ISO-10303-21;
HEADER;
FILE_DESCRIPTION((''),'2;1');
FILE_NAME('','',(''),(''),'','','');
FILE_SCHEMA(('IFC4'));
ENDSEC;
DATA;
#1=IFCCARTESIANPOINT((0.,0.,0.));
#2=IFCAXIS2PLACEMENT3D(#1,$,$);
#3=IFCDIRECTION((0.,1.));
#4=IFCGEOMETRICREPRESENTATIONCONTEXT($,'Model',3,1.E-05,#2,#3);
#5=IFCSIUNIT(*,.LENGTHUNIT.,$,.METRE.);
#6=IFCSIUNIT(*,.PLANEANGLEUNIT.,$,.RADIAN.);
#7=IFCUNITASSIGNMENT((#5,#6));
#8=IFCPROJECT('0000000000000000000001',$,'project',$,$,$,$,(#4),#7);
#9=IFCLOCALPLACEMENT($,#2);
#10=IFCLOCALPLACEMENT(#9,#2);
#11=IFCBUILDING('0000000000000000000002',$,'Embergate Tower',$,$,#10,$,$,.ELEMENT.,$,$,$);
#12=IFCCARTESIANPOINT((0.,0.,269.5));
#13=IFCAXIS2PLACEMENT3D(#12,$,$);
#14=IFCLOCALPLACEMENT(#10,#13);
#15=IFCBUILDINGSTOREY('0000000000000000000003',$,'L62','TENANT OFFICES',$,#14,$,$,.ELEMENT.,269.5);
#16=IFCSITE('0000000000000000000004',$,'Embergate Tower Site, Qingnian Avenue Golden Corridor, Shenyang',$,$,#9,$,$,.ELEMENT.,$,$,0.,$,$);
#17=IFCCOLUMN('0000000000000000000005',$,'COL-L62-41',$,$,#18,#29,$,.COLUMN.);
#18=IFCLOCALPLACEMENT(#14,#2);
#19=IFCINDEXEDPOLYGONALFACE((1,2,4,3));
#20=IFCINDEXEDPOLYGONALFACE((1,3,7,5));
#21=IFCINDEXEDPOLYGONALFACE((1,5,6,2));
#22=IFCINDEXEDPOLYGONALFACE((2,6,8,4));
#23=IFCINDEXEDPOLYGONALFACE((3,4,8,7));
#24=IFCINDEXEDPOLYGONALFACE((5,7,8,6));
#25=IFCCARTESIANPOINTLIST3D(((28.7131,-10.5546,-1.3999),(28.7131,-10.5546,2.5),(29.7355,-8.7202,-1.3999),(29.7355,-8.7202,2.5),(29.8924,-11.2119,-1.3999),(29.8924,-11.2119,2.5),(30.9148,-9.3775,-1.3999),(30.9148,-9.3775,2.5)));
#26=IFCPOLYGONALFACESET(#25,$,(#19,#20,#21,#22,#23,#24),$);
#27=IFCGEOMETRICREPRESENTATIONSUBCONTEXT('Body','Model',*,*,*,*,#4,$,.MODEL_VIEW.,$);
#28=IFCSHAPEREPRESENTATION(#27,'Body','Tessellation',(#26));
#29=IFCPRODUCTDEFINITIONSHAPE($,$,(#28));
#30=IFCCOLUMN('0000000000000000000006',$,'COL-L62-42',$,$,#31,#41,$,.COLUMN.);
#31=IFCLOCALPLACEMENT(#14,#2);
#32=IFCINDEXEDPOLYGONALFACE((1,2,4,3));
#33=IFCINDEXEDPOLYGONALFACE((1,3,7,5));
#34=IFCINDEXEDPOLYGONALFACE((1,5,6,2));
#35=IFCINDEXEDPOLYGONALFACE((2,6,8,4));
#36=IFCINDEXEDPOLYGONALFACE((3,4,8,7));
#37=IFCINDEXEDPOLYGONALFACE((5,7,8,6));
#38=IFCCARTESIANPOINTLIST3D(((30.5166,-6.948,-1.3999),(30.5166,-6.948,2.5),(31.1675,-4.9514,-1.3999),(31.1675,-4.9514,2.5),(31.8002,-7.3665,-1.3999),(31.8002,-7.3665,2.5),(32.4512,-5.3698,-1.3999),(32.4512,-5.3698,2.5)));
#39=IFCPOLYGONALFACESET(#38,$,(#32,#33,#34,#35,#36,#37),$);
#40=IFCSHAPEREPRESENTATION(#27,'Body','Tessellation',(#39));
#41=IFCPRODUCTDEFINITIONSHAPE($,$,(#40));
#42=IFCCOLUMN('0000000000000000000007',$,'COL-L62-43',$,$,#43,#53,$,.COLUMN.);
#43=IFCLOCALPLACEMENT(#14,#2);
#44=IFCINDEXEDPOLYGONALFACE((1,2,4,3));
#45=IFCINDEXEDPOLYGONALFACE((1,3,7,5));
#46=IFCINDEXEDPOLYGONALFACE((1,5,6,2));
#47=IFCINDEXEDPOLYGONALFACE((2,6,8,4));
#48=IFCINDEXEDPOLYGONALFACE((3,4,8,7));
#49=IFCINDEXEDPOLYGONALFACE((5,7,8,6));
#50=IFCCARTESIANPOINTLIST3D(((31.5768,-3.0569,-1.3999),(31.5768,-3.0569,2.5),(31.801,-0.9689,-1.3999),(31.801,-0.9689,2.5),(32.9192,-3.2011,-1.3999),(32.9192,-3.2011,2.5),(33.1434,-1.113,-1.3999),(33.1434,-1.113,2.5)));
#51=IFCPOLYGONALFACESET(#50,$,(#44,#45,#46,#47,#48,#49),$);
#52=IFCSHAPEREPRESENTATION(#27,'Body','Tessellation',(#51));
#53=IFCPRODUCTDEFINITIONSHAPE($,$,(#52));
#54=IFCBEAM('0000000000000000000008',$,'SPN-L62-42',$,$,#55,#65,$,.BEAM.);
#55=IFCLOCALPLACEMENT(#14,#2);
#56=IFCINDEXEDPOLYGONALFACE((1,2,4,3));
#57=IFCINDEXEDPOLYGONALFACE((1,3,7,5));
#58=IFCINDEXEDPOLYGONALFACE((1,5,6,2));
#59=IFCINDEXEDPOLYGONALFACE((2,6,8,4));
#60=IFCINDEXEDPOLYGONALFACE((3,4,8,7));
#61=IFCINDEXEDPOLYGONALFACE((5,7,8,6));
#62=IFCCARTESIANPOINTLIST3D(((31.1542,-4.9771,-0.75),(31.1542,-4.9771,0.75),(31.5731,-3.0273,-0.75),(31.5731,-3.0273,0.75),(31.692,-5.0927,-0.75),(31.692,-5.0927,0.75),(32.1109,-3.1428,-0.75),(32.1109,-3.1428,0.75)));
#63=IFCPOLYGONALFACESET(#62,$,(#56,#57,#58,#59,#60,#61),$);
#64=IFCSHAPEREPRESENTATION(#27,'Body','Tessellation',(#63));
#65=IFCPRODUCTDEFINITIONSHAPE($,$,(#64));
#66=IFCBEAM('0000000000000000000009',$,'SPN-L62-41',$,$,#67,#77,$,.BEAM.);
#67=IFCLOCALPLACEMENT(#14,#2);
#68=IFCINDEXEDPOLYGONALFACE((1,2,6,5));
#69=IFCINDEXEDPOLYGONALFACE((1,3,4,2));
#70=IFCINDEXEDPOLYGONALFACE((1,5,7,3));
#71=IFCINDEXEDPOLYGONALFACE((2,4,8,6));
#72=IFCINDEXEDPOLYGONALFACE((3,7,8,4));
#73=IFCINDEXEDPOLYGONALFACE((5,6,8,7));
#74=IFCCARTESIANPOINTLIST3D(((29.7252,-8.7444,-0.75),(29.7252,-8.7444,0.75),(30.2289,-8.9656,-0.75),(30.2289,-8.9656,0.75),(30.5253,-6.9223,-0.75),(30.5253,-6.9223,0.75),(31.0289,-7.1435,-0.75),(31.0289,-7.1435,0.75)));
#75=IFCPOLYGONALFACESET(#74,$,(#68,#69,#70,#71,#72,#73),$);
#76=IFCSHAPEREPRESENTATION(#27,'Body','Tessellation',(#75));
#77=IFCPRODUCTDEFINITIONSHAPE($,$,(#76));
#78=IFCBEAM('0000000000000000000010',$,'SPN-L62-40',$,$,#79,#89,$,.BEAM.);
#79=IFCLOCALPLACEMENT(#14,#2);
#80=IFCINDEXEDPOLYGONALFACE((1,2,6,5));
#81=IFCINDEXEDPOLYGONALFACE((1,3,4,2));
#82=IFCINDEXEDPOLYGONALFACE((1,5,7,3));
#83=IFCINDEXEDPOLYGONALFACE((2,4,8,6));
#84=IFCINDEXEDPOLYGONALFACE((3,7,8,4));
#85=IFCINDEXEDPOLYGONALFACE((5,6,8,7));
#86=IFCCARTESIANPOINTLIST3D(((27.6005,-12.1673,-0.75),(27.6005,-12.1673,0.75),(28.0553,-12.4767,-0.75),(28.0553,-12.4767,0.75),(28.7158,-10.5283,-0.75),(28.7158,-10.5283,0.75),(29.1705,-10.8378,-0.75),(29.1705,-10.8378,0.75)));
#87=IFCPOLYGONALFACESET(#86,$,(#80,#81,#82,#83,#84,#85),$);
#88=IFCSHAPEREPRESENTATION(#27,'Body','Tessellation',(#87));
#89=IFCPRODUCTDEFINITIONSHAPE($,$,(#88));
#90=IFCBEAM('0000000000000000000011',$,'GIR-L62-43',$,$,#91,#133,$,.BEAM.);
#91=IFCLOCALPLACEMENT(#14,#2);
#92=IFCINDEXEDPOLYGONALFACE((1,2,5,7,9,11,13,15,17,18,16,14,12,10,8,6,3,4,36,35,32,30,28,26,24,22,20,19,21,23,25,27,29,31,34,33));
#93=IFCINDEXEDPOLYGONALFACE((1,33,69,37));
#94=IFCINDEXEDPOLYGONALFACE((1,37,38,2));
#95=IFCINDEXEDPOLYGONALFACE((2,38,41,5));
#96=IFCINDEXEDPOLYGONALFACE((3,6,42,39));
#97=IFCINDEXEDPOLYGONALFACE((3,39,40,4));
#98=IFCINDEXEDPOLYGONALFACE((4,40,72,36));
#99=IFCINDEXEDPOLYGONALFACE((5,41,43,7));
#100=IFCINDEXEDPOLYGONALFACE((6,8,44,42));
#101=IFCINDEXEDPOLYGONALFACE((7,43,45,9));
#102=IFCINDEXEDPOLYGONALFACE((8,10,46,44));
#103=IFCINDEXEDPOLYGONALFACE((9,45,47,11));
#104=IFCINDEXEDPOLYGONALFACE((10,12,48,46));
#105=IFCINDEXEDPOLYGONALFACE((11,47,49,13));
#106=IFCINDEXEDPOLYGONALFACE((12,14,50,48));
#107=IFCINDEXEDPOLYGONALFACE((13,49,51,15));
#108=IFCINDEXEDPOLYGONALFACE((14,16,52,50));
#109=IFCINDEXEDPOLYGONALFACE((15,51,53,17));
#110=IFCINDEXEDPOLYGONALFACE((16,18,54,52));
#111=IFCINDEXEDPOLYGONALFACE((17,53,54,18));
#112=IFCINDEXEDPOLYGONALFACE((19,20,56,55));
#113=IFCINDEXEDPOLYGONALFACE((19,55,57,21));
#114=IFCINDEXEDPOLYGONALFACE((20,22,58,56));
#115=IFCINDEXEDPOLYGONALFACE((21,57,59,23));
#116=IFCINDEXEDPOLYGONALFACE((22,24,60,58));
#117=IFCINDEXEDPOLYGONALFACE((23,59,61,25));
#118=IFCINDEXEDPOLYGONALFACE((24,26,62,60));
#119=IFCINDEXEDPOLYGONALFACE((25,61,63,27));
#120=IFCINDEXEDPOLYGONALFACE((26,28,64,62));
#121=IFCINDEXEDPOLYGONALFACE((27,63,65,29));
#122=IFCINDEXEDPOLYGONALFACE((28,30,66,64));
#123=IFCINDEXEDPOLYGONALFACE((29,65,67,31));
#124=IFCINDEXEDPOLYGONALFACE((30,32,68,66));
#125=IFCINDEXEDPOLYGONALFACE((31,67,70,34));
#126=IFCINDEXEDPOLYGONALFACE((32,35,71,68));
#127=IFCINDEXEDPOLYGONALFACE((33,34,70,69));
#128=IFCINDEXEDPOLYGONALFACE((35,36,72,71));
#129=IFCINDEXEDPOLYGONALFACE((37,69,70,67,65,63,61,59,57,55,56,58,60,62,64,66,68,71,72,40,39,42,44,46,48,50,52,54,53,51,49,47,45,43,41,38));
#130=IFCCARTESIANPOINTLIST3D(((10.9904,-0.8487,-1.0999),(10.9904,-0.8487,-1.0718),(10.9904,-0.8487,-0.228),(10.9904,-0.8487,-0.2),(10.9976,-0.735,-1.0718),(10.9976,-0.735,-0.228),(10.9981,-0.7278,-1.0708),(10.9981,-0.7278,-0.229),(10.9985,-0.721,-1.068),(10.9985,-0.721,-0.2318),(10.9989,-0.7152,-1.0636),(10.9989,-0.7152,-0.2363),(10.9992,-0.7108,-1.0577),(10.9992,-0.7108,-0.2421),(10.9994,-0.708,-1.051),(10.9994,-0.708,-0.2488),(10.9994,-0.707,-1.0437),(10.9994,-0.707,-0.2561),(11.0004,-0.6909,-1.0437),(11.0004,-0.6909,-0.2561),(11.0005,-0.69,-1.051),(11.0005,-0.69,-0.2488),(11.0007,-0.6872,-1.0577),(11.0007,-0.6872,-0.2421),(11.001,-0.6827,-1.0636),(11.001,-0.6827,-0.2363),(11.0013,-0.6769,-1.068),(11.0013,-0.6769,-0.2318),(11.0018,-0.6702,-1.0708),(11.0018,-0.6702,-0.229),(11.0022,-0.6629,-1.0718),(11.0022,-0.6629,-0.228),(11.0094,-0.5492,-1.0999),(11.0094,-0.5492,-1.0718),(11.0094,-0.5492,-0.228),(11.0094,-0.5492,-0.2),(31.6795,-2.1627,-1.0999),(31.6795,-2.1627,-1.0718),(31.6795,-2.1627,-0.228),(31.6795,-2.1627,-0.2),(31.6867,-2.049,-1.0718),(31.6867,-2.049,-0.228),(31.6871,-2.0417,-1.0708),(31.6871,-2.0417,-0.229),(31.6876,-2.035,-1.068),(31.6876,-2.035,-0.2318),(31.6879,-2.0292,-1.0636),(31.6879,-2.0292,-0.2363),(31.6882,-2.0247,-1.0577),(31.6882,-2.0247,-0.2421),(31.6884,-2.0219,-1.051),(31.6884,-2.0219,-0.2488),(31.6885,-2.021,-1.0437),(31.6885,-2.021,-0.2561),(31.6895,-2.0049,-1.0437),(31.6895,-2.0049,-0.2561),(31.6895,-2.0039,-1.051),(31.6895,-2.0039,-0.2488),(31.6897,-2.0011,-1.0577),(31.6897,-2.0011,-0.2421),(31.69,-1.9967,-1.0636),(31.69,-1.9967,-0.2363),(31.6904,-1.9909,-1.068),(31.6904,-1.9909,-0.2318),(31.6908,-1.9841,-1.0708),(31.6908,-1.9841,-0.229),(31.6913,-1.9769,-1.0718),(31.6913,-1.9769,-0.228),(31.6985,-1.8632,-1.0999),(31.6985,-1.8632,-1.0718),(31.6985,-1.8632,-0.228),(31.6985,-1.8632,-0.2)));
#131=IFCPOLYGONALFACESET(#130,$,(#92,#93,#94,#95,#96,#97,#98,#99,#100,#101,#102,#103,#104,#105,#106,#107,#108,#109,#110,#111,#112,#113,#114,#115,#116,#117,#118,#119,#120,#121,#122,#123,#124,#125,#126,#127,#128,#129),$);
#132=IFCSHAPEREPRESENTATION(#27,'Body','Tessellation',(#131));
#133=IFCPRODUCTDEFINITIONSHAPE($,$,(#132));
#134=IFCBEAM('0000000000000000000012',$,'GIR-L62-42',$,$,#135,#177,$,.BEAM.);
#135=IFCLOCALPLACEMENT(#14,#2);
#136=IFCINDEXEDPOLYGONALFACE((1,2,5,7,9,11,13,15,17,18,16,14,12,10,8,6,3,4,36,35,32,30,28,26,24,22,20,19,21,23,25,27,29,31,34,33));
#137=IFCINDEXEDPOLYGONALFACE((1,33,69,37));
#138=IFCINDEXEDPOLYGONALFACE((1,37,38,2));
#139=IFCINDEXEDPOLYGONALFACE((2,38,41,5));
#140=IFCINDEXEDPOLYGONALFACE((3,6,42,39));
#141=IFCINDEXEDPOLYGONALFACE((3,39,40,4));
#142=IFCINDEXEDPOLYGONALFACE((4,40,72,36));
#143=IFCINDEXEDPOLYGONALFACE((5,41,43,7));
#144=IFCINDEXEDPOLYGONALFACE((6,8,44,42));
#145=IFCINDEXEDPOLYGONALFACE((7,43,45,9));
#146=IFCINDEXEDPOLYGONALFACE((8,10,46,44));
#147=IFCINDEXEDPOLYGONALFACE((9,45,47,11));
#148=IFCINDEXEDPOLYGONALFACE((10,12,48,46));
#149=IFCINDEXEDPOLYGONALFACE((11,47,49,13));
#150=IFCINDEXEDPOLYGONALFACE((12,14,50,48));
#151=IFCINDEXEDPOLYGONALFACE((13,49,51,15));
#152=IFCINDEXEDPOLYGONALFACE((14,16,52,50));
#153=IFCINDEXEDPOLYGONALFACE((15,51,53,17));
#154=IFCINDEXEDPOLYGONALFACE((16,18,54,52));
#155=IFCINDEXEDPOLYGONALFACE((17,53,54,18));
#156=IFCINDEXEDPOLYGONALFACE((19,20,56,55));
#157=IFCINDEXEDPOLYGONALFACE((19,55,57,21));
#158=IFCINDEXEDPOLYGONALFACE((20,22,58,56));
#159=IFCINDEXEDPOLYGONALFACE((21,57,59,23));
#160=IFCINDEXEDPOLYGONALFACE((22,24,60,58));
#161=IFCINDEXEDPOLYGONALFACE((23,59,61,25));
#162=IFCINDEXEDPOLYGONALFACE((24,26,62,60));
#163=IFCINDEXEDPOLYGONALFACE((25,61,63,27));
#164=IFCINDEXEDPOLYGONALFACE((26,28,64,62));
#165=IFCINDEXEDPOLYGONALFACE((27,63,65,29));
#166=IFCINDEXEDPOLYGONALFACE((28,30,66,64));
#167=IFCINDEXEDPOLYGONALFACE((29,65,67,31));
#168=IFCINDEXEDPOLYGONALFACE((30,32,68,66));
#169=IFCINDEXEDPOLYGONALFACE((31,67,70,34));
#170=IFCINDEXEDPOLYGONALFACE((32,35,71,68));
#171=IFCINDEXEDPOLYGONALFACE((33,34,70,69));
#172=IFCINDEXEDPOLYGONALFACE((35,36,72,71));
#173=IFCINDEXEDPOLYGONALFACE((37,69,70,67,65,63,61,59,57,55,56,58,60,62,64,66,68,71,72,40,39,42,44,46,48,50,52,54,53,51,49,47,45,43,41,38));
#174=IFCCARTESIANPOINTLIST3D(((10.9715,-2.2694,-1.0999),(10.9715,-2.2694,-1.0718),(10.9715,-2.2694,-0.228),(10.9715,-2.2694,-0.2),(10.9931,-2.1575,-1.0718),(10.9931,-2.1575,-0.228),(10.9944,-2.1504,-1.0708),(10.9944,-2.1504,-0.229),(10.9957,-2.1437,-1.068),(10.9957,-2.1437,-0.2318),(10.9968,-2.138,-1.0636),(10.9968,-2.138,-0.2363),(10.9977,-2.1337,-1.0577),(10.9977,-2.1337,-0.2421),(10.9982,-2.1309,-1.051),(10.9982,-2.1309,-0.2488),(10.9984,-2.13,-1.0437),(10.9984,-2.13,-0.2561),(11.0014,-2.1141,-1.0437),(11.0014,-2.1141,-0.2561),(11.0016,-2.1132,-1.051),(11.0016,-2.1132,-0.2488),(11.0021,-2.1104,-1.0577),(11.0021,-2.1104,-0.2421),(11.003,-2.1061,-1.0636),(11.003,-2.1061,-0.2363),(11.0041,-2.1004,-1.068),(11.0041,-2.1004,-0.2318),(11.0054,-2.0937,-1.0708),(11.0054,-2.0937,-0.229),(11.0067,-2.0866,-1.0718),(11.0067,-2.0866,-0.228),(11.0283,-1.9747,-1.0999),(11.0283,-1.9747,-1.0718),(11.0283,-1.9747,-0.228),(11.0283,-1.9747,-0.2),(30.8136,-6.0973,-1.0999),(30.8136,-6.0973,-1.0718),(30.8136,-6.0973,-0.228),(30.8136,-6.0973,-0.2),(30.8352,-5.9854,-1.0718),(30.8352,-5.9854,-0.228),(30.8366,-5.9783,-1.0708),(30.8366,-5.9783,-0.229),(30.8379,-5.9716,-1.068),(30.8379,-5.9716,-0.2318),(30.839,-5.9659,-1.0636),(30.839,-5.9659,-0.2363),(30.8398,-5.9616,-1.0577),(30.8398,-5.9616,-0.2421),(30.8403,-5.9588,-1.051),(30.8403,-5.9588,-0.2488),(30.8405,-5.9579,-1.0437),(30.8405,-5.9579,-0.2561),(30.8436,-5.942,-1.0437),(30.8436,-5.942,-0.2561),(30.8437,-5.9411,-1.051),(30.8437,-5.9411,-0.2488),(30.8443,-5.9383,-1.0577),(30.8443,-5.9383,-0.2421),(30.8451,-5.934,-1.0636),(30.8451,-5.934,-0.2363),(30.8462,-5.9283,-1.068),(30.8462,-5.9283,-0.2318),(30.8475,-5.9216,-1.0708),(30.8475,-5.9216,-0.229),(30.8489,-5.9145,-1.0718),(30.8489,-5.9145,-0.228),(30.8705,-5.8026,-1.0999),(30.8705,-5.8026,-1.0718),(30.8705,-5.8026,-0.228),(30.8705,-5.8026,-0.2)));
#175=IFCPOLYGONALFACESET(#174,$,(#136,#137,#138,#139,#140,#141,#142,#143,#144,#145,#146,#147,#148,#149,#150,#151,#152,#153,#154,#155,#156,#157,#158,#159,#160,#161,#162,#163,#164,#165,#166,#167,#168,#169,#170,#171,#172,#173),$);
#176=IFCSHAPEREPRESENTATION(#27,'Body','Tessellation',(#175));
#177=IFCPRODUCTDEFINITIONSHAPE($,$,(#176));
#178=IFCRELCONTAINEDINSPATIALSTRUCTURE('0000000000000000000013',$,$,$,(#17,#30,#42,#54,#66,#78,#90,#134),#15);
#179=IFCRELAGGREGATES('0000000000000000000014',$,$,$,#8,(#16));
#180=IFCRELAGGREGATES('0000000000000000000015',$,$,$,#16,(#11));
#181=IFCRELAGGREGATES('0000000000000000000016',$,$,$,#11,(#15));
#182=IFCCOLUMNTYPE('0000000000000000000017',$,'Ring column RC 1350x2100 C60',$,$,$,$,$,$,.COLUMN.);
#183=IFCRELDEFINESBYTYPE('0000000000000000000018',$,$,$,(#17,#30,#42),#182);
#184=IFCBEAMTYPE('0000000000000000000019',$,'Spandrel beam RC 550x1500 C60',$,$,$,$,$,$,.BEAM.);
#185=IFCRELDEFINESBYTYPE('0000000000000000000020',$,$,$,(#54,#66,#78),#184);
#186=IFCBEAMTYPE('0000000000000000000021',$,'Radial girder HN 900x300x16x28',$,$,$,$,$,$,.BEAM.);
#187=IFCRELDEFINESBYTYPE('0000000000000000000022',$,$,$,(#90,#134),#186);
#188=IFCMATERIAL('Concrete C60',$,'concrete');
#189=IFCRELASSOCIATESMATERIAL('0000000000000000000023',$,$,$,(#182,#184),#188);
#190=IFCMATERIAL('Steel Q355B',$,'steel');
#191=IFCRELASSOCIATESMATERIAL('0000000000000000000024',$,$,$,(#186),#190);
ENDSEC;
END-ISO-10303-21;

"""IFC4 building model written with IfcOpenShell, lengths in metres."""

from ifc_helpers import new_model, si_unit, direction, frame, origin, origin_2d, place, context, subcontext, project, spatial, rectangle, i_section, extrude, source, transform, mapped, material, material_profile, profile_set, type_object, element, save


model = new_model("IFC4")

# Units and contexts
model_context = context("Model", 3, precision=1e-05, world=origin(), true_north=direction((0.0, 1.0)))
body_context = subcontext(model_context, "Body", "Model", "MODEL_VIEW")
ifc_project = project(units=[si_unit("LENGTHUNIT", "METRE"), si_unit("PLANEANGLEUNIT", "RADIAN")], contexts=[model_context])

# Site, building, storey
site_placement = place(None, origin())
site = spatial("IfcSite", under=ifc_project, at=site_placement, Name="Embergate Tower Site, Qingnian Avenue Golden Corridor, Shenyang", CompositionType="ELEMENT", RefElevation=0.0)
building_placement = place(site_placement, origin())
building = spatial("IfcBuilding", under=site, at=building_placement, Name="Embergate Tower", CompositionType="ELEMENT")
storey_placement = place(building_placement, frame((0.0, 0.0, 269.5)))
storey = spatial("IfcBuildingStorey", under=building, at=storey_placement, Name="L62", Description="TENANT OFFICES", CompositionType="ELEMENT", Elevation=269.5)

# Columns
ifc_material_1 = material(Name="Concrete C60", Category="concrete")
ifc_material_profile_1 = material_profile(ifc_material_1, rectangle(XDim=1.3501, YDim=2.1001, at=origin_2d()), Name="RC 1350x2100")
ifc_profile_set_1 = profile_set([ifc_material_profile_1], Name="Concrete C60")
column_type = type_object("IfcColumnType", Name="Ring column RC 1350x2100 C60", PredefinedType="COLUMN", material=ifc_profile_set_1)
shared_shape_1 = source(origin(), body_context, "Body", "SweptSolid", [
    extrude(rectangle(XDim=1.3501, YDim=2.1001, at=origin_2d()), origin(), (0.0, 0.0, 1.0), 3.8999),
])
for number, where, z_axis, x_axis, name in (
    (1, (29.814, -9.9661, -1.3999), (0.0, 0.0, 1.0), (0.873492, -0.486839, 0.0), "COL-L62-41"),
    (2, (31.4839, -6.1589, -1.3999), (0.0, 0.0, 1.0), (0.950754, -0.309946, 0.0), "COL-L62-42"),
    (3, (32.3601, -2.085, -1.3999), (0.0, 0.0, 1.0), (0.994286, -0.10675, 0.0), "COL-L62-43"),
):
    element("IfcColumn", number, at=place(storey_placement, frame(where, z_axis=z_axis, x_axis=x_axis)), inside=storey, type_object=column_type, Name=name, PredefinedType="COLUMN", context=body_context, shape_type="MappedRepresentation", body=[
        mapped(shared_shape_1, transform((0.0, 0.0, 0.0))),
    ])

# Beams
ifc_material_profile_2 = material_profile(ifc_material_1, rectangle(XDim=0.55, YDim=1.5, at=origin_2d()), Name="RC 550x1500")
ifc_profile_set_2 = profile_set([ifc_material_profile_2], Name="Concrete C60")
beam_type_1 = type_object("IfcBeamType", Name="Spandrel beam RC 550x1500 C60", PredefinedType="BEAM", material=ifc_profile_set_2)
shared_shape_2 = source(origin(), body_context, "Body", "SweptSolid", [
    extrude(rectangle(XDim=0.55, YDim=1.5, at=origin_2d()), origin(), (0.0, 0.0, 1.0), 1.9944),
])
beam_1_placement = place(storey_placement, frame((31.4231, -5.0349, 0.0), z_axis=(0.210056, 0.977689, 0.0), x_axis=(-0.977689, 0.210056, 0.0)))
element("IfcBeam", 4, at=beam_1_placement, inside=storey, type_object=beam_type_1, Name="SPN-L62-42", PredefinedType="BEAM", context=body_context, shape_type="MappedRepresentation", body=[
    mapped(shared_shape_2, transform((0.0, 0.0, 0.0))),
])
shared_shape_3 = source(origin(), body_context, "Body", "SweptSolid", [
    extrude(rectangle(XDim=0.55, YDim=1.5, at=origin_2d()), origin(), (0.0, 0.0, 1.0), 1.99),
])
beam_2_placement = place(storey_placement, frame((29.9771, -8.855, 0.0), z_axis=(0.402048, 0.915619, 0.0), x_axis=(-0.915619, 0.402048, 0.0)))
element("IfcBeam", 5, at=beam_2_placement, inside=storey, type_object=beam_type_1, Name="SPN-L62-41", PredefinedType="BEAM", context=body_context, shape_type="MappedRepresentation", body=[
    mapped(shared_shape_3, transform((0.0, 0.0, 0.0))),
])
shared_shape_4 = source(origin(), body_context, "Body", "SweptSolid", [
    extrude(rectangle(XDim=0.55, YDim=1.5, at=origin_2d()), origin(), (0.0, 0.0, 1.0), 1.9824),
])
beam_3_placement = place(storey_placement, frame((27.8279, -12.322, 0.0), z_axis=(0.562576, 0.826745, 0.0), x_axis=(-0.826745, 0.562576, 0.0)))
element("IfcBeam", 6, at=beam_3_placement, inside=storey, type_object=beam_type_1, Name="SPN-L62-40", PredefinedType="BEAM", context=body_context, shape_type="MappedRepresentation", body=[
    mapped(shared_shape_4, transform((0.0, 0.0, 0.0))),
])
ifc_material_2 = material(Name="Steel Q355B", Category="steel")
ifc_material_profile_3 = material_profile(ifc_material_2, i_section(OverallWidth=0.3, OverallDepth=0.8999, WebThickness=0.0161, FlangeThickness=0.0281, FilletRadius=0.0281, at=origin_2d()), Name="HN 900x300x16x28")
ifc_profile_set_3 = profile_set([ifc_material_profile_3], Name="Steel Q355 grade B")
beam_type_2 = type_object("IfcBeamType", Name="Radial girder HN 900x300x16x28", PredefinedType="BEAM", material=ifc_profile_set_3)
shared_shape_5 = source(origin(), body_context, "Body", "SweptSolid", [
    extrude(i_section(OverallWidth=0.3, OverallDepth=0.8999, WebThickness=0.0161, FlangeThickness=0.0281, FilletRadius=0.0281, at=origin_2d()), origin(), (0.0, 0.0, 1.0), 20.7307),
])
beam_4_placement = place(storey_placement, frame((31.689, -2.0129, -0.6499), z_axis=(-0.997989, 0.063383, 0.0), x_axis=(-0.063383, -0.997989, 0.0)))
element("IfcBeam", 7, at=beam_4_placement, inside=storey, type_object=beam_type_2, Name="GIR-L62-43", PredefinedType="BEAM", context=body_context, shape_type="MappedRepresentation", body=[
    mapped(shared_shape_5, transform((0.0, 0.0, 0.0))),
])
shared_shape_6 = source(origin(), body_context, "Body", "SweptSolid", [
    extrude(i_section(OverallWidth=0.3, OverallDepth=0.8999, WebThickness=0.0161, FlangeThickness=0.0281, FilletRadius=0.0281, at=origin_2d()), origin(), (0.0, 0.0, 1.0), 20.208),
])
beam_5_placement = place(storey_placement, frame((30.842, -5.95, -0.6499), z_axis=(-0.981895, 0.189425, 0.0), x_axis=(-0.189425, -0.981895, 0.0)))
element("IfcBeam", 8, at=beam_5_placement, inside=storey, type_object=beam_type_2, Name="GIR-L62-42", PredefinedType="BEAM", context=body_context, shape_type="MappedRepresentation", body=[
    mapped(shared_shape_6, transform((0.0, 0.0, 0.0))),
])

save(model, "model.ifc")
